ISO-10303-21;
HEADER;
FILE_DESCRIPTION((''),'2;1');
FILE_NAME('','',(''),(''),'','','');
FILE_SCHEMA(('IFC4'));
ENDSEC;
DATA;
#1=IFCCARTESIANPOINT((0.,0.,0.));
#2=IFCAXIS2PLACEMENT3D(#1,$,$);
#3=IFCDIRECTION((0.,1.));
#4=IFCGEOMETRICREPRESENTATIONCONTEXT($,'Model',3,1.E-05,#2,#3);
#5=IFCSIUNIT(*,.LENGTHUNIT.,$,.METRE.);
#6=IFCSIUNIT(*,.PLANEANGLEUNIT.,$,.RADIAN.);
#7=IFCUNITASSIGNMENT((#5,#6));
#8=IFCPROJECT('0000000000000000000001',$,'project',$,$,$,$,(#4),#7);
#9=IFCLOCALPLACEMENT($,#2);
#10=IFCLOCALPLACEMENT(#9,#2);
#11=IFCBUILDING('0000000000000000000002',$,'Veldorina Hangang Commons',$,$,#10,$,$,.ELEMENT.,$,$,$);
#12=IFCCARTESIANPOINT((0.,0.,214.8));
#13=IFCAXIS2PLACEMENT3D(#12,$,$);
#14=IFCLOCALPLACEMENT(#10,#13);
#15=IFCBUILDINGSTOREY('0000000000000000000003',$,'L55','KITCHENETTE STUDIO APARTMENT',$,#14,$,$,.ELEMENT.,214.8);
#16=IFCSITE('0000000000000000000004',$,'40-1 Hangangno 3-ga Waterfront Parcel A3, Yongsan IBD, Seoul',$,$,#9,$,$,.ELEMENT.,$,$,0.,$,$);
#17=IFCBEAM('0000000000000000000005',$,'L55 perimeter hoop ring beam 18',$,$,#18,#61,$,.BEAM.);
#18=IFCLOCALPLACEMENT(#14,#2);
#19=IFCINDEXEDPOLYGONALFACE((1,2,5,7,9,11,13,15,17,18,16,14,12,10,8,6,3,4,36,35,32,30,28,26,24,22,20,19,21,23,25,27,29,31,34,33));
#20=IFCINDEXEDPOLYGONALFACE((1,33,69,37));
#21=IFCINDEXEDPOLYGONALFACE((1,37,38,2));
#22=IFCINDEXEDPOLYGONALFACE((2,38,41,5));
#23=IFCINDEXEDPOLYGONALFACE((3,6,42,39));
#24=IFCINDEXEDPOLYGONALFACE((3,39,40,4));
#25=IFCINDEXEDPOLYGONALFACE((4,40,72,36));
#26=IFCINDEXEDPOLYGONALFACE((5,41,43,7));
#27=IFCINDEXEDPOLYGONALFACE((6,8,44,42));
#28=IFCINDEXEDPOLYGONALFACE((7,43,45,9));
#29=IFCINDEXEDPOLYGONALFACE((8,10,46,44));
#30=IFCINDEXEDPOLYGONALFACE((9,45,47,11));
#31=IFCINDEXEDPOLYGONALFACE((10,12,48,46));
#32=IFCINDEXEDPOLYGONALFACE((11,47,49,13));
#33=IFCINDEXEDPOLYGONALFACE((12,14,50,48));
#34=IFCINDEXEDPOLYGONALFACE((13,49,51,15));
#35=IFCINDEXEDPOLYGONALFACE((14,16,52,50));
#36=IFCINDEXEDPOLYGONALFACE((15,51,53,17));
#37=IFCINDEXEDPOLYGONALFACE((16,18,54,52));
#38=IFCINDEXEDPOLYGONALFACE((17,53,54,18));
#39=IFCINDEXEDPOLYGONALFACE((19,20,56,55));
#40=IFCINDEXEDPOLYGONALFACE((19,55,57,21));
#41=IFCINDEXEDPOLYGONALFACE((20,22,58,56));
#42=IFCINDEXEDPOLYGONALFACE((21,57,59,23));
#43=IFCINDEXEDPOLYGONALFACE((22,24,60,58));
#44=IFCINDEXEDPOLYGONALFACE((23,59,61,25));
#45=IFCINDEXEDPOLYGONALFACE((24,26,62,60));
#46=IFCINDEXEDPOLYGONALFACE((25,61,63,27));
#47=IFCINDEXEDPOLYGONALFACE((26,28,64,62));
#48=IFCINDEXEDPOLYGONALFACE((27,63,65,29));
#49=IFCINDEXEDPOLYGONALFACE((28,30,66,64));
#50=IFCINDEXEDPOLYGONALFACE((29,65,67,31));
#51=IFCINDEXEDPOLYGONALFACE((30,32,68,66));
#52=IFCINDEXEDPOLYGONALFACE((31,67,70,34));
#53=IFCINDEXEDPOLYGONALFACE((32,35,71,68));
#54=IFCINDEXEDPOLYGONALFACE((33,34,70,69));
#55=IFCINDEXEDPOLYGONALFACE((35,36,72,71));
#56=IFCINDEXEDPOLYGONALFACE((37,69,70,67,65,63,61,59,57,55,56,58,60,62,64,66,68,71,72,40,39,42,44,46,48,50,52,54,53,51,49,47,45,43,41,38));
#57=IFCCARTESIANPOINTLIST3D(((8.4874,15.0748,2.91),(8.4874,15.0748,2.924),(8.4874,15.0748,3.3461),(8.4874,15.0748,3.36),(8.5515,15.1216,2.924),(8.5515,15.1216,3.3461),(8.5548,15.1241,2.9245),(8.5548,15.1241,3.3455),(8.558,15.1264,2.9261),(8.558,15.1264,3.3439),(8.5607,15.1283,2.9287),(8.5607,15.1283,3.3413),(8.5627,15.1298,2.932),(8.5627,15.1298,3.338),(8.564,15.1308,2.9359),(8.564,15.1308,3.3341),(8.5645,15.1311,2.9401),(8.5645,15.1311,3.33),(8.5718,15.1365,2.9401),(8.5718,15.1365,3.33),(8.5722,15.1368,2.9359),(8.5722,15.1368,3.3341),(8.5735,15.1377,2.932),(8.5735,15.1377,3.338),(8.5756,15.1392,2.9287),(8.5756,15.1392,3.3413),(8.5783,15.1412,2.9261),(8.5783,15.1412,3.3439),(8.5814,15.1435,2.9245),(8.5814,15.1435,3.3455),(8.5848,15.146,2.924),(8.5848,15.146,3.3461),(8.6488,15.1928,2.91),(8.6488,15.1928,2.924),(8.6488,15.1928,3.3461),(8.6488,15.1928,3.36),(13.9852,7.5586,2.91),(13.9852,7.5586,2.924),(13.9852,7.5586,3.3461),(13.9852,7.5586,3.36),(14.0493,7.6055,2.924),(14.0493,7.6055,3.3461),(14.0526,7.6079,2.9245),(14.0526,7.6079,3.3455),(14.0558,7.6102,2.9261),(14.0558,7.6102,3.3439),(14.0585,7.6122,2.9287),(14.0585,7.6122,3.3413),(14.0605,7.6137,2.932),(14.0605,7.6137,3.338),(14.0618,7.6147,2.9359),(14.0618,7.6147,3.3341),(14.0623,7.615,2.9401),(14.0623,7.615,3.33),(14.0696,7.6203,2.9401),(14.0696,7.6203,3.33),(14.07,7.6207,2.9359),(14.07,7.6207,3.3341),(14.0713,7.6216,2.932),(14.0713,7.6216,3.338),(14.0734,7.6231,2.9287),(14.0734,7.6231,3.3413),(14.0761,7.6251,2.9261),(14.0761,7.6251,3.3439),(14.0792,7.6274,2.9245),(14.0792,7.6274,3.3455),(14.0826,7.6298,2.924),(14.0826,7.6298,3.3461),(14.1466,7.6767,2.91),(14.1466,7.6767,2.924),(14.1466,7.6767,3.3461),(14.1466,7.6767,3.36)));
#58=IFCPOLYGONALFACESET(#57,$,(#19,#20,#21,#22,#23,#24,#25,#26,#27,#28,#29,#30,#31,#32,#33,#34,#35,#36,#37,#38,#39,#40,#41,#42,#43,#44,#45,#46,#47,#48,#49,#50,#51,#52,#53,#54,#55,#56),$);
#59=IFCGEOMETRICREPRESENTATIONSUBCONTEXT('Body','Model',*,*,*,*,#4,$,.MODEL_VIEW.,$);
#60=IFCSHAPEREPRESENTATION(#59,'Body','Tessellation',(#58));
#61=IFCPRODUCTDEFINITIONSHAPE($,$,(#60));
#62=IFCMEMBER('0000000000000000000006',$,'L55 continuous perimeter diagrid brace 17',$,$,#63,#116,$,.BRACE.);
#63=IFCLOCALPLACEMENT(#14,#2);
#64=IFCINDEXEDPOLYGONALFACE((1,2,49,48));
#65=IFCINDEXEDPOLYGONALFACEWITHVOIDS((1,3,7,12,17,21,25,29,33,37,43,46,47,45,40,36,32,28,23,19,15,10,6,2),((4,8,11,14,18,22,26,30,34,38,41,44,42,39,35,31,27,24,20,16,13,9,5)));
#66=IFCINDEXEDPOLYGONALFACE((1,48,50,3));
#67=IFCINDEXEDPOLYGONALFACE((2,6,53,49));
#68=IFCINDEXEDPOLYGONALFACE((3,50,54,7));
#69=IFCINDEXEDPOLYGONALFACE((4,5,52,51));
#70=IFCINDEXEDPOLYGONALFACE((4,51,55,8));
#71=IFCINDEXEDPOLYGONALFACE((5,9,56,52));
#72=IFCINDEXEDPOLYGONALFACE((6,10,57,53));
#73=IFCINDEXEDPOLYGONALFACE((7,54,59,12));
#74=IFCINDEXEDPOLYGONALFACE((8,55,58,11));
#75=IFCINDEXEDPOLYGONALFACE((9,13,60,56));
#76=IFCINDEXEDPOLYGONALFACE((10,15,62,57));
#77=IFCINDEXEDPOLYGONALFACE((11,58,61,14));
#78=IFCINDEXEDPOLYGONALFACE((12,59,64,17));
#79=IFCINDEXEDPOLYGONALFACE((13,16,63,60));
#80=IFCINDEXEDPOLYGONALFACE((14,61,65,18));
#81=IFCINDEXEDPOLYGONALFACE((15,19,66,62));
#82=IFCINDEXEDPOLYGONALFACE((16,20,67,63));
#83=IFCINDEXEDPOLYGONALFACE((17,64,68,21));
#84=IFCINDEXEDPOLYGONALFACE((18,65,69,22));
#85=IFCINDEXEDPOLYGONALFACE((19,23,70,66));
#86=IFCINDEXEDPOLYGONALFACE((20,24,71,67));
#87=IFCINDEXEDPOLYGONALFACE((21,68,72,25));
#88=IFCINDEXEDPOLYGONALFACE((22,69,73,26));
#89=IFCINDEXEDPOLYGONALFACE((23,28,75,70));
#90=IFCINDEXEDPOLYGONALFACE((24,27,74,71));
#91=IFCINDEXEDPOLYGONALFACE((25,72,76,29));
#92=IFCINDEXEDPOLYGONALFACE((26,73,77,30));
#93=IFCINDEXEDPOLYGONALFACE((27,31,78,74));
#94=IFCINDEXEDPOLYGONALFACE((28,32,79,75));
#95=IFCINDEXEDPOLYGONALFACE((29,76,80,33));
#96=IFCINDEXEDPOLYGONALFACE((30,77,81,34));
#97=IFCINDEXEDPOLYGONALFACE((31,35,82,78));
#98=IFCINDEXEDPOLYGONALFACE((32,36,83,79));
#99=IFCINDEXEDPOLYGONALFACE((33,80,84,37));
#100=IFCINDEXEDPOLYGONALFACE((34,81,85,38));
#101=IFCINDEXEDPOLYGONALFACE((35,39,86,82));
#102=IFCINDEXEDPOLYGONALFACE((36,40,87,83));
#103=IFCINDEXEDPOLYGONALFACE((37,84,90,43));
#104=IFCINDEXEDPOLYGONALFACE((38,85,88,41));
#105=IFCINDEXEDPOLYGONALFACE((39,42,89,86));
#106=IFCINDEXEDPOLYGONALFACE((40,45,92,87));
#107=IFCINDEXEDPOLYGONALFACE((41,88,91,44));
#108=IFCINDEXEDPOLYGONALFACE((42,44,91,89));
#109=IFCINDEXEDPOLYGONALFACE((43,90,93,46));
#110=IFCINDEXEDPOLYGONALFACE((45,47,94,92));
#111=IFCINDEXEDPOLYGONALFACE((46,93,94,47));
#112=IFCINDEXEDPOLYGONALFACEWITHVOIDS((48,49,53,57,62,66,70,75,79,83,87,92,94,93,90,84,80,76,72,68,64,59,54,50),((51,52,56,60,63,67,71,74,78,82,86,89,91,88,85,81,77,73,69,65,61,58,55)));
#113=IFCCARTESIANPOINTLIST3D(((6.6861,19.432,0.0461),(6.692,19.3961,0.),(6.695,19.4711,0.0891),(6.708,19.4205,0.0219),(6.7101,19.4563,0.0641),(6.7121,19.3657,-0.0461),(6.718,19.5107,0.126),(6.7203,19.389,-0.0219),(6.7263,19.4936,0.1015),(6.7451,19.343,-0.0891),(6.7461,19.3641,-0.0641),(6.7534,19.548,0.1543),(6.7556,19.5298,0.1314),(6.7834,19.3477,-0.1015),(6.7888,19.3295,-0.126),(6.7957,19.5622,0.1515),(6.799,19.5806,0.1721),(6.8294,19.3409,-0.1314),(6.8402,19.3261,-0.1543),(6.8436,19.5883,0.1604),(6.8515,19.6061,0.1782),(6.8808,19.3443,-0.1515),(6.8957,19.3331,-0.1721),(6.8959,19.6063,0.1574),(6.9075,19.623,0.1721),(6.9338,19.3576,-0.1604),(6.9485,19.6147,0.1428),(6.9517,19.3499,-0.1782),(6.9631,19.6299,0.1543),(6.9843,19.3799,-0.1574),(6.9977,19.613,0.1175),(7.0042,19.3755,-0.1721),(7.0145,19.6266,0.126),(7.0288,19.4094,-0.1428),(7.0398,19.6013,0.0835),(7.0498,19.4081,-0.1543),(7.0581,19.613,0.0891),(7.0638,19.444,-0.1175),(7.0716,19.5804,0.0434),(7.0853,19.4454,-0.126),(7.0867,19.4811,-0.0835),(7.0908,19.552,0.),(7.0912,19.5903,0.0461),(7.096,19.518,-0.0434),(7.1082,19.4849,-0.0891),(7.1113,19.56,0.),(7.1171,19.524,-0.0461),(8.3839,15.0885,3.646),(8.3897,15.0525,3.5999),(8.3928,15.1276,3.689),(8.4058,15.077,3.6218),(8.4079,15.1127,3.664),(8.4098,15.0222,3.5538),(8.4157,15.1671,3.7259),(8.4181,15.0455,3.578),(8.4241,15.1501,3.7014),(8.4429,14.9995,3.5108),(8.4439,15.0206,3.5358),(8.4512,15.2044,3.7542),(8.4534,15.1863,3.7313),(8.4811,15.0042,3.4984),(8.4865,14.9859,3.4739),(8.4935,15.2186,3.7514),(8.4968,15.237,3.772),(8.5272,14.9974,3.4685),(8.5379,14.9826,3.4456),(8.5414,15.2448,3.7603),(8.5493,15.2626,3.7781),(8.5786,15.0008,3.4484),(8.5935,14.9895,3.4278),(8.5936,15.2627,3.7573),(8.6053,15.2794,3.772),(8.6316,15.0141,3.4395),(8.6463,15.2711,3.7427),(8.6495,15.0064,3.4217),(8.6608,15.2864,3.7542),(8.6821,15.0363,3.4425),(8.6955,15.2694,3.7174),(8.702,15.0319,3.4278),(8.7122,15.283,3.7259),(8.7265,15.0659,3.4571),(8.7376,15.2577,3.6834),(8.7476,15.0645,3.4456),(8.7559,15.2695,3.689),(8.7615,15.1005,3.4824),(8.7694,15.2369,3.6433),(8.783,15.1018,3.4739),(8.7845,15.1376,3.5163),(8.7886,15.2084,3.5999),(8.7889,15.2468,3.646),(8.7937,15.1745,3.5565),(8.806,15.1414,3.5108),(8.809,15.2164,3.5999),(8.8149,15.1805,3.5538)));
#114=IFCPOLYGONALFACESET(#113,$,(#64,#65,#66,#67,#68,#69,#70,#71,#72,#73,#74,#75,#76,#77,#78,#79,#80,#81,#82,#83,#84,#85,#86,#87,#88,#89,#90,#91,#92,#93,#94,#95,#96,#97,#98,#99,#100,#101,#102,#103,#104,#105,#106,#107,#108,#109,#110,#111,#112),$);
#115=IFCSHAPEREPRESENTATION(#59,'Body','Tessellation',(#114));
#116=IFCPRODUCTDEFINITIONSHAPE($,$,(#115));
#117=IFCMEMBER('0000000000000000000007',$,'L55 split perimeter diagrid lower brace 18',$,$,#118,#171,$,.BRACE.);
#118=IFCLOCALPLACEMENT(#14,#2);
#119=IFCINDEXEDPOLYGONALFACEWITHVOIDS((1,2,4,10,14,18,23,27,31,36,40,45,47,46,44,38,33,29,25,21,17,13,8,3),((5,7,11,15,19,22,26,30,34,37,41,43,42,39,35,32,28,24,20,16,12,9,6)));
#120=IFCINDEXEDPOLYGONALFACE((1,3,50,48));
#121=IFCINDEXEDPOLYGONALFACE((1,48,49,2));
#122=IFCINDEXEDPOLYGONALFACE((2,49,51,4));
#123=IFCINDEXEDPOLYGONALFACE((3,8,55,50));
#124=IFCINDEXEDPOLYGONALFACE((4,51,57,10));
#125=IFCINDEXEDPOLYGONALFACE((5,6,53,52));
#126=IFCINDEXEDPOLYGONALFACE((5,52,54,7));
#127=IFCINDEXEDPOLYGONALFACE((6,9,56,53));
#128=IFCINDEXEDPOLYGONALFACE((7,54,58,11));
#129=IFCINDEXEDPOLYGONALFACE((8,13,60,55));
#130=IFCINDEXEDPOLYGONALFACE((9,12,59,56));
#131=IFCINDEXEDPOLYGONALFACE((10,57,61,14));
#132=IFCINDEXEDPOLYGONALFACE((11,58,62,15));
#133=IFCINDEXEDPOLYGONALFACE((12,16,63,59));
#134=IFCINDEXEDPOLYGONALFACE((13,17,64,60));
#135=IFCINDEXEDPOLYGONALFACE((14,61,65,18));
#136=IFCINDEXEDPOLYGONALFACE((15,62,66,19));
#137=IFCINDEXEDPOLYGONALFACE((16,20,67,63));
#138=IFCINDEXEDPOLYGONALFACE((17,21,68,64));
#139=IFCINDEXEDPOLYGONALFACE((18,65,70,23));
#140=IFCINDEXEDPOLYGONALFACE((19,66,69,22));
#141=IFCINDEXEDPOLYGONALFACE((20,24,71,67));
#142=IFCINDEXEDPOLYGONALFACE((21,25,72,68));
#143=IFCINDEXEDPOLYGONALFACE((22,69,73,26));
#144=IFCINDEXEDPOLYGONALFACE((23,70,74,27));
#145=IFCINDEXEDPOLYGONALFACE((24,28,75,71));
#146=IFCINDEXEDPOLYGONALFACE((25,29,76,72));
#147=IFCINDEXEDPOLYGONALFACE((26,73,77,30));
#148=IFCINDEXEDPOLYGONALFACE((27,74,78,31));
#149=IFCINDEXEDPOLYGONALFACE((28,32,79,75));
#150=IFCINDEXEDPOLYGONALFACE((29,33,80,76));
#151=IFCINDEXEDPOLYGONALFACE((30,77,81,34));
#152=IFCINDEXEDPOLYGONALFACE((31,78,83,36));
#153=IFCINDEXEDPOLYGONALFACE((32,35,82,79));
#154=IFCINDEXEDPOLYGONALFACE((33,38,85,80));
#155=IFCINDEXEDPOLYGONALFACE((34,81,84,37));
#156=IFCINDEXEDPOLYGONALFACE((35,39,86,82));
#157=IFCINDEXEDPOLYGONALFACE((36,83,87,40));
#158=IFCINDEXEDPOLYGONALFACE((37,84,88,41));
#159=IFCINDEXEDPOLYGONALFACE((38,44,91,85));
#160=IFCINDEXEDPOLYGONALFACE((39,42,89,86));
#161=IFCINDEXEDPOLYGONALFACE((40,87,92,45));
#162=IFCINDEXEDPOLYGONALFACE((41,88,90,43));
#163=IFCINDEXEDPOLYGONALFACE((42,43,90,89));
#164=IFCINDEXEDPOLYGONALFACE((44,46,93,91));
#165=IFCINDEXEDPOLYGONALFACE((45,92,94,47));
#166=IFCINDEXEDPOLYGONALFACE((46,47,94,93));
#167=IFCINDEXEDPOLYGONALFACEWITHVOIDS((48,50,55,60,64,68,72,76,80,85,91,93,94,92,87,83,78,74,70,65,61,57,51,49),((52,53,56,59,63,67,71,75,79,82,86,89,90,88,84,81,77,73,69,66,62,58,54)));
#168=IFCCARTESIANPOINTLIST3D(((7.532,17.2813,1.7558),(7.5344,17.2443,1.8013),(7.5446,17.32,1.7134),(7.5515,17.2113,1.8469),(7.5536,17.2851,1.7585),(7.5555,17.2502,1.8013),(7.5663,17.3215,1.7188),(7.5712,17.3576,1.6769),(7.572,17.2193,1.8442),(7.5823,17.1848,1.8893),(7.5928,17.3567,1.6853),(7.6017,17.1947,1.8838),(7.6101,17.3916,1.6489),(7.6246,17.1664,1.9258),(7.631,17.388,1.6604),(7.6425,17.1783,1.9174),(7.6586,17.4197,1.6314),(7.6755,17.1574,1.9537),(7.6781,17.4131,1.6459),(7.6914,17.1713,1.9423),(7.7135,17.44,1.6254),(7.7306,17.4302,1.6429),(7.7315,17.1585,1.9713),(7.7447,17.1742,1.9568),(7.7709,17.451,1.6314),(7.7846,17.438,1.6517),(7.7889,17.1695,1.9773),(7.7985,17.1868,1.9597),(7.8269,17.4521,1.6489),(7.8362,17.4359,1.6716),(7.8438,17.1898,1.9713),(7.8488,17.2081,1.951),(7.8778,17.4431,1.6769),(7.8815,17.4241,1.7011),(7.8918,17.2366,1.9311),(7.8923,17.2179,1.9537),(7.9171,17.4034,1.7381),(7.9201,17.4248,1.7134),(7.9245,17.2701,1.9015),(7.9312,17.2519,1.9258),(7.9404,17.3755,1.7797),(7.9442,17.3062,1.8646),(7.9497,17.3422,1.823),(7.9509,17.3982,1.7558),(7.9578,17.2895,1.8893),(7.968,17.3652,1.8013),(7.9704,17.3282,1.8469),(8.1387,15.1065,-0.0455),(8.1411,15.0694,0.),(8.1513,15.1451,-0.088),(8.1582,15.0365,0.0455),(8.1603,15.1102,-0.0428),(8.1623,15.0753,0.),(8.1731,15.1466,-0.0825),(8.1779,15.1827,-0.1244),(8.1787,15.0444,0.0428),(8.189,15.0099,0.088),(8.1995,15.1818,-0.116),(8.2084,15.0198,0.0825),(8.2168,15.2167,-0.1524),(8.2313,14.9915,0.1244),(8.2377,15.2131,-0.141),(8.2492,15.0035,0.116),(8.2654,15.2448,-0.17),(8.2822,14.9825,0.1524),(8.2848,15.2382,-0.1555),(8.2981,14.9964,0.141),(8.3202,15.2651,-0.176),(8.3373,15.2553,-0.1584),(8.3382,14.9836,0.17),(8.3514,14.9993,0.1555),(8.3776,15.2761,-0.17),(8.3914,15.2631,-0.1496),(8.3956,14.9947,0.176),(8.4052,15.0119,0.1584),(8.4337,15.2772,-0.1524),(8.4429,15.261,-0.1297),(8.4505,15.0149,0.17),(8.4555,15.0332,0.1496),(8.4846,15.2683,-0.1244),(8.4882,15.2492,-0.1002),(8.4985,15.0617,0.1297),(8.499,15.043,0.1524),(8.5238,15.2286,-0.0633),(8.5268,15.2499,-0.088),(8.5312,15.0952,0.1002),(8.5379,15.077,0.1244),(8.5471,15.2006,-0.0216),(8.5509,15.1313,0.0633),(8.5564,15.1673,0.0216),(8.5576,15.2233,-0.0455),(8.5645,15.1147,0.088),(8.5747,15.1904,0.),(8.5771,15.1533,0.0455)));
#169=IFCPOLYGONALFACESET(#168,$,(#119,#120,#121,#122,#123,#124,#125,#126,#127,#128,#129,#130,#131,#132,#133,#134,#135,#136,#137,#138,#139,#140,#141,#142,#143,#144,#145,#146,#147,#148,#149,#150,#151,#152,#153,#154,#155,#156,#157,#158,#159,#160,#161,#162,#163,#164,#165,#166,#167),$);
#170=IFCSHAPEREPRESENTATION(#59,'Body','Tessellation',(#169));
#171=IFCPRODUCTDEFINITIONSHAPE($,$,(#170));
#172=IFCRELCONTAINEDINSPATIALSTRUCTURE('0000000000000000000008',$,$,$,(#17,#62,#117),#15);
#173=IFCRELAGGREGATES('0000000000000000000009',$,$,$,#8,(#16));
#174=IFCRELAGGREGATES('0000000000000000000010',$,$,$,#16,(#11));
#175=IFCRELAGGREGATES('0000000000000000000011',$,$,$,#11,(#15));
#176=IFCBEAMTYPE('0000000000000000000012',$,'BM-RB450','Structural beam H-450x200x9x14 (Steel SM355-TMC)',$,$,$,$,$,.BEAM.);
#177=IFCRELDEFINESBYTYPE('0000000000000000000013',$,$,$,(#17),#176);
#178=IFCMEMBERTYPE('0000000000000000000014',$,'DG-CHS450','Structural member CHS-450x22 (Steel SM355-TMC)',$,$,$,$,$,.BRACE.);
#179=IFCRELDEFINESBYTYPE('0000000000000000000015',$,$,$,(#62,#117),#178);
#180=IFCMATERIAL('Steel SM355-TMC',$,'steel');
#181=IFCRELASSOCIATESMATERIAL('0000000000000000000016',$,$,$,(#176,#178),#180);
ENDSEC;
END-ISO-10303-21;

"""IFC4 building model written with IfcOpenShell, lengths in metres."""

from ifc_helpers import new_model, si_unit, direction, frame, origin, origin_2d, place, context, subcontext, project, spatial, hollow_circle, i_section, extrude, material, material_profile, profile_set, type_object, element, save


model = new_model("IFC4")

# Units and contexts
model_context = context("Model", 3, precision=1e-05, world=origin(), true_north=direction((0.0, 1.0)))
body_context = subcontext(model_context, "Body", "Model", "MODEL_VIEW")
ifc_project = project(units=[si_unit("LENGTHUNIT", "METRE"), si_unit("PLANEANGLEUNIT", "RADIAN")], contexts=[model_context])

# Site, building, storey
site_placement = place(None, origin())
site = spatial("IfcSite", under=ifc_project, at=site_placement, Name="40-1 Hangangno 3-ga Waterfront Parcel A3, Yongsan IBD, Seoul", CompositionType="ELEMENT", RefElevation=0.0)
building_placement = place(site_placement, origin())
building = spatial("IfcBuilding", under=site, at=building_placement, Name="Veldorina Hangang Commons", CompositionType="ELEMENT")
storey_placement = place(building_placement, frame((0.0, 0.0, 214.8)))
storey = spatial("IfcBuildingStorey", under=building, at=storey_placement, Name="L55", Description="KITCHENETTE STUDIO APARTMENT", CompositionType="ELEMENT", Elevation=214.8)

# Beam
ifc_material_1 = material(Name="Steel SM355-TMC", Category="steel")
ifc_material_profile_1 = material_profile(ifc_material_1, i_section(OverallWidth=0.2, OverallDepth=0.45, WebThickness=0.009, FlangeThickness=0.0139, FilletRadius=0.0161, at=origin_2d()), Name="H-450x200x9x14")
ifc_profile_set_1 = profile_set([ifc_material_profile_1], Name="Steel SM355-TMC")
beam_type = type_object("IfcBeamType", Name="BM-RB450", Description="Structural beam H-450x200x9x14 (Steel SM355-TMC)", PredefinedType="BEAM", material=ifc_profile_set_1)
beam_placement = place(storey_placement, frame((8.5681, 15.1338, 3.135), z_axis=(0.590385, -0.807122, 0.0), x_axis=(0.807122, 0.590385, 0.0)))
element("IfcBeam", 1, at=beam_placement, inside=storey, type_object=beam_type, Name="L55 perimeter hoop ring beam 18", PredefinedType="BEAM", context=body_context, shape_type="SweptSolid", body=[
    extrude(i_section(OverallWidth=0.2, OverallDepth=0.45, WebThickness=0.009, FlangeThickness=0.0139, FilletRadius=0.0161, at=origin_2d()), origin(), (0.0, 0.0, 1.0), 9.3123),
])

# Members
ifc_material_profile_2 = material_profile(ifc_material_1, hollow_circle(Radius=0.2251, WallThickness=0.022, at=origin_2d()), Name="CHS-450x22")
ifc_profile_set_2 = profile_set([ifc_material_profile_2], Name="Steel SM355-TMC")
member_type_1 = type_object("IfcMemberType", Name="DG-CHS450", Description="Structural member CHS-450x22 (Steel SM355-TMC)", PredefinedType="BRACE", material=ifc_profile_set_2)
member_1_placement = place(storey_placement, frame((6.9016, 19.478, 0.0), z_axis=(0.28818, -0.737275, 0.611046), x_axis=(0.931379, 0.36405, 0.0)))
element("IfcMember", 2, at=member_1_placement, inside=storey, type_object=member_type_1, Name="L55 continuous perimeter diagrid brace 17", PredefinedType="BRACE", context=body_context, shape_type="SweptSolid", body=[
    extrude(hollow_circle(Radius=0.2251, WallThickness=0.022, at=origin_2d()), origin(), (0.0, 0.0, 1.0), 5.8914),
])
member_2_placement = place(storey_placement, frame((8.3579, 15.1299, 0.0), z_axis=(-0.210049, 0.752964, 0.623638), x_axis=(-0.963223, -0.268703, 0.0)))
element("IfcMember", 3, at=member_2_placement, inside=storey, type_object=member_type_1, Name="L55 split perimeter diagrid lower brace 18", PredefinedType="BRACE", context=body_context, shape_type="SweptSolid", body=[
    extrude(hollow_circle(Radius=0.2251, WallThickness=0.022, at=origin_2d()), origin(), (0.0, 0.0, 1.0), 2.8884),
])

save(model, "model.ifc")
